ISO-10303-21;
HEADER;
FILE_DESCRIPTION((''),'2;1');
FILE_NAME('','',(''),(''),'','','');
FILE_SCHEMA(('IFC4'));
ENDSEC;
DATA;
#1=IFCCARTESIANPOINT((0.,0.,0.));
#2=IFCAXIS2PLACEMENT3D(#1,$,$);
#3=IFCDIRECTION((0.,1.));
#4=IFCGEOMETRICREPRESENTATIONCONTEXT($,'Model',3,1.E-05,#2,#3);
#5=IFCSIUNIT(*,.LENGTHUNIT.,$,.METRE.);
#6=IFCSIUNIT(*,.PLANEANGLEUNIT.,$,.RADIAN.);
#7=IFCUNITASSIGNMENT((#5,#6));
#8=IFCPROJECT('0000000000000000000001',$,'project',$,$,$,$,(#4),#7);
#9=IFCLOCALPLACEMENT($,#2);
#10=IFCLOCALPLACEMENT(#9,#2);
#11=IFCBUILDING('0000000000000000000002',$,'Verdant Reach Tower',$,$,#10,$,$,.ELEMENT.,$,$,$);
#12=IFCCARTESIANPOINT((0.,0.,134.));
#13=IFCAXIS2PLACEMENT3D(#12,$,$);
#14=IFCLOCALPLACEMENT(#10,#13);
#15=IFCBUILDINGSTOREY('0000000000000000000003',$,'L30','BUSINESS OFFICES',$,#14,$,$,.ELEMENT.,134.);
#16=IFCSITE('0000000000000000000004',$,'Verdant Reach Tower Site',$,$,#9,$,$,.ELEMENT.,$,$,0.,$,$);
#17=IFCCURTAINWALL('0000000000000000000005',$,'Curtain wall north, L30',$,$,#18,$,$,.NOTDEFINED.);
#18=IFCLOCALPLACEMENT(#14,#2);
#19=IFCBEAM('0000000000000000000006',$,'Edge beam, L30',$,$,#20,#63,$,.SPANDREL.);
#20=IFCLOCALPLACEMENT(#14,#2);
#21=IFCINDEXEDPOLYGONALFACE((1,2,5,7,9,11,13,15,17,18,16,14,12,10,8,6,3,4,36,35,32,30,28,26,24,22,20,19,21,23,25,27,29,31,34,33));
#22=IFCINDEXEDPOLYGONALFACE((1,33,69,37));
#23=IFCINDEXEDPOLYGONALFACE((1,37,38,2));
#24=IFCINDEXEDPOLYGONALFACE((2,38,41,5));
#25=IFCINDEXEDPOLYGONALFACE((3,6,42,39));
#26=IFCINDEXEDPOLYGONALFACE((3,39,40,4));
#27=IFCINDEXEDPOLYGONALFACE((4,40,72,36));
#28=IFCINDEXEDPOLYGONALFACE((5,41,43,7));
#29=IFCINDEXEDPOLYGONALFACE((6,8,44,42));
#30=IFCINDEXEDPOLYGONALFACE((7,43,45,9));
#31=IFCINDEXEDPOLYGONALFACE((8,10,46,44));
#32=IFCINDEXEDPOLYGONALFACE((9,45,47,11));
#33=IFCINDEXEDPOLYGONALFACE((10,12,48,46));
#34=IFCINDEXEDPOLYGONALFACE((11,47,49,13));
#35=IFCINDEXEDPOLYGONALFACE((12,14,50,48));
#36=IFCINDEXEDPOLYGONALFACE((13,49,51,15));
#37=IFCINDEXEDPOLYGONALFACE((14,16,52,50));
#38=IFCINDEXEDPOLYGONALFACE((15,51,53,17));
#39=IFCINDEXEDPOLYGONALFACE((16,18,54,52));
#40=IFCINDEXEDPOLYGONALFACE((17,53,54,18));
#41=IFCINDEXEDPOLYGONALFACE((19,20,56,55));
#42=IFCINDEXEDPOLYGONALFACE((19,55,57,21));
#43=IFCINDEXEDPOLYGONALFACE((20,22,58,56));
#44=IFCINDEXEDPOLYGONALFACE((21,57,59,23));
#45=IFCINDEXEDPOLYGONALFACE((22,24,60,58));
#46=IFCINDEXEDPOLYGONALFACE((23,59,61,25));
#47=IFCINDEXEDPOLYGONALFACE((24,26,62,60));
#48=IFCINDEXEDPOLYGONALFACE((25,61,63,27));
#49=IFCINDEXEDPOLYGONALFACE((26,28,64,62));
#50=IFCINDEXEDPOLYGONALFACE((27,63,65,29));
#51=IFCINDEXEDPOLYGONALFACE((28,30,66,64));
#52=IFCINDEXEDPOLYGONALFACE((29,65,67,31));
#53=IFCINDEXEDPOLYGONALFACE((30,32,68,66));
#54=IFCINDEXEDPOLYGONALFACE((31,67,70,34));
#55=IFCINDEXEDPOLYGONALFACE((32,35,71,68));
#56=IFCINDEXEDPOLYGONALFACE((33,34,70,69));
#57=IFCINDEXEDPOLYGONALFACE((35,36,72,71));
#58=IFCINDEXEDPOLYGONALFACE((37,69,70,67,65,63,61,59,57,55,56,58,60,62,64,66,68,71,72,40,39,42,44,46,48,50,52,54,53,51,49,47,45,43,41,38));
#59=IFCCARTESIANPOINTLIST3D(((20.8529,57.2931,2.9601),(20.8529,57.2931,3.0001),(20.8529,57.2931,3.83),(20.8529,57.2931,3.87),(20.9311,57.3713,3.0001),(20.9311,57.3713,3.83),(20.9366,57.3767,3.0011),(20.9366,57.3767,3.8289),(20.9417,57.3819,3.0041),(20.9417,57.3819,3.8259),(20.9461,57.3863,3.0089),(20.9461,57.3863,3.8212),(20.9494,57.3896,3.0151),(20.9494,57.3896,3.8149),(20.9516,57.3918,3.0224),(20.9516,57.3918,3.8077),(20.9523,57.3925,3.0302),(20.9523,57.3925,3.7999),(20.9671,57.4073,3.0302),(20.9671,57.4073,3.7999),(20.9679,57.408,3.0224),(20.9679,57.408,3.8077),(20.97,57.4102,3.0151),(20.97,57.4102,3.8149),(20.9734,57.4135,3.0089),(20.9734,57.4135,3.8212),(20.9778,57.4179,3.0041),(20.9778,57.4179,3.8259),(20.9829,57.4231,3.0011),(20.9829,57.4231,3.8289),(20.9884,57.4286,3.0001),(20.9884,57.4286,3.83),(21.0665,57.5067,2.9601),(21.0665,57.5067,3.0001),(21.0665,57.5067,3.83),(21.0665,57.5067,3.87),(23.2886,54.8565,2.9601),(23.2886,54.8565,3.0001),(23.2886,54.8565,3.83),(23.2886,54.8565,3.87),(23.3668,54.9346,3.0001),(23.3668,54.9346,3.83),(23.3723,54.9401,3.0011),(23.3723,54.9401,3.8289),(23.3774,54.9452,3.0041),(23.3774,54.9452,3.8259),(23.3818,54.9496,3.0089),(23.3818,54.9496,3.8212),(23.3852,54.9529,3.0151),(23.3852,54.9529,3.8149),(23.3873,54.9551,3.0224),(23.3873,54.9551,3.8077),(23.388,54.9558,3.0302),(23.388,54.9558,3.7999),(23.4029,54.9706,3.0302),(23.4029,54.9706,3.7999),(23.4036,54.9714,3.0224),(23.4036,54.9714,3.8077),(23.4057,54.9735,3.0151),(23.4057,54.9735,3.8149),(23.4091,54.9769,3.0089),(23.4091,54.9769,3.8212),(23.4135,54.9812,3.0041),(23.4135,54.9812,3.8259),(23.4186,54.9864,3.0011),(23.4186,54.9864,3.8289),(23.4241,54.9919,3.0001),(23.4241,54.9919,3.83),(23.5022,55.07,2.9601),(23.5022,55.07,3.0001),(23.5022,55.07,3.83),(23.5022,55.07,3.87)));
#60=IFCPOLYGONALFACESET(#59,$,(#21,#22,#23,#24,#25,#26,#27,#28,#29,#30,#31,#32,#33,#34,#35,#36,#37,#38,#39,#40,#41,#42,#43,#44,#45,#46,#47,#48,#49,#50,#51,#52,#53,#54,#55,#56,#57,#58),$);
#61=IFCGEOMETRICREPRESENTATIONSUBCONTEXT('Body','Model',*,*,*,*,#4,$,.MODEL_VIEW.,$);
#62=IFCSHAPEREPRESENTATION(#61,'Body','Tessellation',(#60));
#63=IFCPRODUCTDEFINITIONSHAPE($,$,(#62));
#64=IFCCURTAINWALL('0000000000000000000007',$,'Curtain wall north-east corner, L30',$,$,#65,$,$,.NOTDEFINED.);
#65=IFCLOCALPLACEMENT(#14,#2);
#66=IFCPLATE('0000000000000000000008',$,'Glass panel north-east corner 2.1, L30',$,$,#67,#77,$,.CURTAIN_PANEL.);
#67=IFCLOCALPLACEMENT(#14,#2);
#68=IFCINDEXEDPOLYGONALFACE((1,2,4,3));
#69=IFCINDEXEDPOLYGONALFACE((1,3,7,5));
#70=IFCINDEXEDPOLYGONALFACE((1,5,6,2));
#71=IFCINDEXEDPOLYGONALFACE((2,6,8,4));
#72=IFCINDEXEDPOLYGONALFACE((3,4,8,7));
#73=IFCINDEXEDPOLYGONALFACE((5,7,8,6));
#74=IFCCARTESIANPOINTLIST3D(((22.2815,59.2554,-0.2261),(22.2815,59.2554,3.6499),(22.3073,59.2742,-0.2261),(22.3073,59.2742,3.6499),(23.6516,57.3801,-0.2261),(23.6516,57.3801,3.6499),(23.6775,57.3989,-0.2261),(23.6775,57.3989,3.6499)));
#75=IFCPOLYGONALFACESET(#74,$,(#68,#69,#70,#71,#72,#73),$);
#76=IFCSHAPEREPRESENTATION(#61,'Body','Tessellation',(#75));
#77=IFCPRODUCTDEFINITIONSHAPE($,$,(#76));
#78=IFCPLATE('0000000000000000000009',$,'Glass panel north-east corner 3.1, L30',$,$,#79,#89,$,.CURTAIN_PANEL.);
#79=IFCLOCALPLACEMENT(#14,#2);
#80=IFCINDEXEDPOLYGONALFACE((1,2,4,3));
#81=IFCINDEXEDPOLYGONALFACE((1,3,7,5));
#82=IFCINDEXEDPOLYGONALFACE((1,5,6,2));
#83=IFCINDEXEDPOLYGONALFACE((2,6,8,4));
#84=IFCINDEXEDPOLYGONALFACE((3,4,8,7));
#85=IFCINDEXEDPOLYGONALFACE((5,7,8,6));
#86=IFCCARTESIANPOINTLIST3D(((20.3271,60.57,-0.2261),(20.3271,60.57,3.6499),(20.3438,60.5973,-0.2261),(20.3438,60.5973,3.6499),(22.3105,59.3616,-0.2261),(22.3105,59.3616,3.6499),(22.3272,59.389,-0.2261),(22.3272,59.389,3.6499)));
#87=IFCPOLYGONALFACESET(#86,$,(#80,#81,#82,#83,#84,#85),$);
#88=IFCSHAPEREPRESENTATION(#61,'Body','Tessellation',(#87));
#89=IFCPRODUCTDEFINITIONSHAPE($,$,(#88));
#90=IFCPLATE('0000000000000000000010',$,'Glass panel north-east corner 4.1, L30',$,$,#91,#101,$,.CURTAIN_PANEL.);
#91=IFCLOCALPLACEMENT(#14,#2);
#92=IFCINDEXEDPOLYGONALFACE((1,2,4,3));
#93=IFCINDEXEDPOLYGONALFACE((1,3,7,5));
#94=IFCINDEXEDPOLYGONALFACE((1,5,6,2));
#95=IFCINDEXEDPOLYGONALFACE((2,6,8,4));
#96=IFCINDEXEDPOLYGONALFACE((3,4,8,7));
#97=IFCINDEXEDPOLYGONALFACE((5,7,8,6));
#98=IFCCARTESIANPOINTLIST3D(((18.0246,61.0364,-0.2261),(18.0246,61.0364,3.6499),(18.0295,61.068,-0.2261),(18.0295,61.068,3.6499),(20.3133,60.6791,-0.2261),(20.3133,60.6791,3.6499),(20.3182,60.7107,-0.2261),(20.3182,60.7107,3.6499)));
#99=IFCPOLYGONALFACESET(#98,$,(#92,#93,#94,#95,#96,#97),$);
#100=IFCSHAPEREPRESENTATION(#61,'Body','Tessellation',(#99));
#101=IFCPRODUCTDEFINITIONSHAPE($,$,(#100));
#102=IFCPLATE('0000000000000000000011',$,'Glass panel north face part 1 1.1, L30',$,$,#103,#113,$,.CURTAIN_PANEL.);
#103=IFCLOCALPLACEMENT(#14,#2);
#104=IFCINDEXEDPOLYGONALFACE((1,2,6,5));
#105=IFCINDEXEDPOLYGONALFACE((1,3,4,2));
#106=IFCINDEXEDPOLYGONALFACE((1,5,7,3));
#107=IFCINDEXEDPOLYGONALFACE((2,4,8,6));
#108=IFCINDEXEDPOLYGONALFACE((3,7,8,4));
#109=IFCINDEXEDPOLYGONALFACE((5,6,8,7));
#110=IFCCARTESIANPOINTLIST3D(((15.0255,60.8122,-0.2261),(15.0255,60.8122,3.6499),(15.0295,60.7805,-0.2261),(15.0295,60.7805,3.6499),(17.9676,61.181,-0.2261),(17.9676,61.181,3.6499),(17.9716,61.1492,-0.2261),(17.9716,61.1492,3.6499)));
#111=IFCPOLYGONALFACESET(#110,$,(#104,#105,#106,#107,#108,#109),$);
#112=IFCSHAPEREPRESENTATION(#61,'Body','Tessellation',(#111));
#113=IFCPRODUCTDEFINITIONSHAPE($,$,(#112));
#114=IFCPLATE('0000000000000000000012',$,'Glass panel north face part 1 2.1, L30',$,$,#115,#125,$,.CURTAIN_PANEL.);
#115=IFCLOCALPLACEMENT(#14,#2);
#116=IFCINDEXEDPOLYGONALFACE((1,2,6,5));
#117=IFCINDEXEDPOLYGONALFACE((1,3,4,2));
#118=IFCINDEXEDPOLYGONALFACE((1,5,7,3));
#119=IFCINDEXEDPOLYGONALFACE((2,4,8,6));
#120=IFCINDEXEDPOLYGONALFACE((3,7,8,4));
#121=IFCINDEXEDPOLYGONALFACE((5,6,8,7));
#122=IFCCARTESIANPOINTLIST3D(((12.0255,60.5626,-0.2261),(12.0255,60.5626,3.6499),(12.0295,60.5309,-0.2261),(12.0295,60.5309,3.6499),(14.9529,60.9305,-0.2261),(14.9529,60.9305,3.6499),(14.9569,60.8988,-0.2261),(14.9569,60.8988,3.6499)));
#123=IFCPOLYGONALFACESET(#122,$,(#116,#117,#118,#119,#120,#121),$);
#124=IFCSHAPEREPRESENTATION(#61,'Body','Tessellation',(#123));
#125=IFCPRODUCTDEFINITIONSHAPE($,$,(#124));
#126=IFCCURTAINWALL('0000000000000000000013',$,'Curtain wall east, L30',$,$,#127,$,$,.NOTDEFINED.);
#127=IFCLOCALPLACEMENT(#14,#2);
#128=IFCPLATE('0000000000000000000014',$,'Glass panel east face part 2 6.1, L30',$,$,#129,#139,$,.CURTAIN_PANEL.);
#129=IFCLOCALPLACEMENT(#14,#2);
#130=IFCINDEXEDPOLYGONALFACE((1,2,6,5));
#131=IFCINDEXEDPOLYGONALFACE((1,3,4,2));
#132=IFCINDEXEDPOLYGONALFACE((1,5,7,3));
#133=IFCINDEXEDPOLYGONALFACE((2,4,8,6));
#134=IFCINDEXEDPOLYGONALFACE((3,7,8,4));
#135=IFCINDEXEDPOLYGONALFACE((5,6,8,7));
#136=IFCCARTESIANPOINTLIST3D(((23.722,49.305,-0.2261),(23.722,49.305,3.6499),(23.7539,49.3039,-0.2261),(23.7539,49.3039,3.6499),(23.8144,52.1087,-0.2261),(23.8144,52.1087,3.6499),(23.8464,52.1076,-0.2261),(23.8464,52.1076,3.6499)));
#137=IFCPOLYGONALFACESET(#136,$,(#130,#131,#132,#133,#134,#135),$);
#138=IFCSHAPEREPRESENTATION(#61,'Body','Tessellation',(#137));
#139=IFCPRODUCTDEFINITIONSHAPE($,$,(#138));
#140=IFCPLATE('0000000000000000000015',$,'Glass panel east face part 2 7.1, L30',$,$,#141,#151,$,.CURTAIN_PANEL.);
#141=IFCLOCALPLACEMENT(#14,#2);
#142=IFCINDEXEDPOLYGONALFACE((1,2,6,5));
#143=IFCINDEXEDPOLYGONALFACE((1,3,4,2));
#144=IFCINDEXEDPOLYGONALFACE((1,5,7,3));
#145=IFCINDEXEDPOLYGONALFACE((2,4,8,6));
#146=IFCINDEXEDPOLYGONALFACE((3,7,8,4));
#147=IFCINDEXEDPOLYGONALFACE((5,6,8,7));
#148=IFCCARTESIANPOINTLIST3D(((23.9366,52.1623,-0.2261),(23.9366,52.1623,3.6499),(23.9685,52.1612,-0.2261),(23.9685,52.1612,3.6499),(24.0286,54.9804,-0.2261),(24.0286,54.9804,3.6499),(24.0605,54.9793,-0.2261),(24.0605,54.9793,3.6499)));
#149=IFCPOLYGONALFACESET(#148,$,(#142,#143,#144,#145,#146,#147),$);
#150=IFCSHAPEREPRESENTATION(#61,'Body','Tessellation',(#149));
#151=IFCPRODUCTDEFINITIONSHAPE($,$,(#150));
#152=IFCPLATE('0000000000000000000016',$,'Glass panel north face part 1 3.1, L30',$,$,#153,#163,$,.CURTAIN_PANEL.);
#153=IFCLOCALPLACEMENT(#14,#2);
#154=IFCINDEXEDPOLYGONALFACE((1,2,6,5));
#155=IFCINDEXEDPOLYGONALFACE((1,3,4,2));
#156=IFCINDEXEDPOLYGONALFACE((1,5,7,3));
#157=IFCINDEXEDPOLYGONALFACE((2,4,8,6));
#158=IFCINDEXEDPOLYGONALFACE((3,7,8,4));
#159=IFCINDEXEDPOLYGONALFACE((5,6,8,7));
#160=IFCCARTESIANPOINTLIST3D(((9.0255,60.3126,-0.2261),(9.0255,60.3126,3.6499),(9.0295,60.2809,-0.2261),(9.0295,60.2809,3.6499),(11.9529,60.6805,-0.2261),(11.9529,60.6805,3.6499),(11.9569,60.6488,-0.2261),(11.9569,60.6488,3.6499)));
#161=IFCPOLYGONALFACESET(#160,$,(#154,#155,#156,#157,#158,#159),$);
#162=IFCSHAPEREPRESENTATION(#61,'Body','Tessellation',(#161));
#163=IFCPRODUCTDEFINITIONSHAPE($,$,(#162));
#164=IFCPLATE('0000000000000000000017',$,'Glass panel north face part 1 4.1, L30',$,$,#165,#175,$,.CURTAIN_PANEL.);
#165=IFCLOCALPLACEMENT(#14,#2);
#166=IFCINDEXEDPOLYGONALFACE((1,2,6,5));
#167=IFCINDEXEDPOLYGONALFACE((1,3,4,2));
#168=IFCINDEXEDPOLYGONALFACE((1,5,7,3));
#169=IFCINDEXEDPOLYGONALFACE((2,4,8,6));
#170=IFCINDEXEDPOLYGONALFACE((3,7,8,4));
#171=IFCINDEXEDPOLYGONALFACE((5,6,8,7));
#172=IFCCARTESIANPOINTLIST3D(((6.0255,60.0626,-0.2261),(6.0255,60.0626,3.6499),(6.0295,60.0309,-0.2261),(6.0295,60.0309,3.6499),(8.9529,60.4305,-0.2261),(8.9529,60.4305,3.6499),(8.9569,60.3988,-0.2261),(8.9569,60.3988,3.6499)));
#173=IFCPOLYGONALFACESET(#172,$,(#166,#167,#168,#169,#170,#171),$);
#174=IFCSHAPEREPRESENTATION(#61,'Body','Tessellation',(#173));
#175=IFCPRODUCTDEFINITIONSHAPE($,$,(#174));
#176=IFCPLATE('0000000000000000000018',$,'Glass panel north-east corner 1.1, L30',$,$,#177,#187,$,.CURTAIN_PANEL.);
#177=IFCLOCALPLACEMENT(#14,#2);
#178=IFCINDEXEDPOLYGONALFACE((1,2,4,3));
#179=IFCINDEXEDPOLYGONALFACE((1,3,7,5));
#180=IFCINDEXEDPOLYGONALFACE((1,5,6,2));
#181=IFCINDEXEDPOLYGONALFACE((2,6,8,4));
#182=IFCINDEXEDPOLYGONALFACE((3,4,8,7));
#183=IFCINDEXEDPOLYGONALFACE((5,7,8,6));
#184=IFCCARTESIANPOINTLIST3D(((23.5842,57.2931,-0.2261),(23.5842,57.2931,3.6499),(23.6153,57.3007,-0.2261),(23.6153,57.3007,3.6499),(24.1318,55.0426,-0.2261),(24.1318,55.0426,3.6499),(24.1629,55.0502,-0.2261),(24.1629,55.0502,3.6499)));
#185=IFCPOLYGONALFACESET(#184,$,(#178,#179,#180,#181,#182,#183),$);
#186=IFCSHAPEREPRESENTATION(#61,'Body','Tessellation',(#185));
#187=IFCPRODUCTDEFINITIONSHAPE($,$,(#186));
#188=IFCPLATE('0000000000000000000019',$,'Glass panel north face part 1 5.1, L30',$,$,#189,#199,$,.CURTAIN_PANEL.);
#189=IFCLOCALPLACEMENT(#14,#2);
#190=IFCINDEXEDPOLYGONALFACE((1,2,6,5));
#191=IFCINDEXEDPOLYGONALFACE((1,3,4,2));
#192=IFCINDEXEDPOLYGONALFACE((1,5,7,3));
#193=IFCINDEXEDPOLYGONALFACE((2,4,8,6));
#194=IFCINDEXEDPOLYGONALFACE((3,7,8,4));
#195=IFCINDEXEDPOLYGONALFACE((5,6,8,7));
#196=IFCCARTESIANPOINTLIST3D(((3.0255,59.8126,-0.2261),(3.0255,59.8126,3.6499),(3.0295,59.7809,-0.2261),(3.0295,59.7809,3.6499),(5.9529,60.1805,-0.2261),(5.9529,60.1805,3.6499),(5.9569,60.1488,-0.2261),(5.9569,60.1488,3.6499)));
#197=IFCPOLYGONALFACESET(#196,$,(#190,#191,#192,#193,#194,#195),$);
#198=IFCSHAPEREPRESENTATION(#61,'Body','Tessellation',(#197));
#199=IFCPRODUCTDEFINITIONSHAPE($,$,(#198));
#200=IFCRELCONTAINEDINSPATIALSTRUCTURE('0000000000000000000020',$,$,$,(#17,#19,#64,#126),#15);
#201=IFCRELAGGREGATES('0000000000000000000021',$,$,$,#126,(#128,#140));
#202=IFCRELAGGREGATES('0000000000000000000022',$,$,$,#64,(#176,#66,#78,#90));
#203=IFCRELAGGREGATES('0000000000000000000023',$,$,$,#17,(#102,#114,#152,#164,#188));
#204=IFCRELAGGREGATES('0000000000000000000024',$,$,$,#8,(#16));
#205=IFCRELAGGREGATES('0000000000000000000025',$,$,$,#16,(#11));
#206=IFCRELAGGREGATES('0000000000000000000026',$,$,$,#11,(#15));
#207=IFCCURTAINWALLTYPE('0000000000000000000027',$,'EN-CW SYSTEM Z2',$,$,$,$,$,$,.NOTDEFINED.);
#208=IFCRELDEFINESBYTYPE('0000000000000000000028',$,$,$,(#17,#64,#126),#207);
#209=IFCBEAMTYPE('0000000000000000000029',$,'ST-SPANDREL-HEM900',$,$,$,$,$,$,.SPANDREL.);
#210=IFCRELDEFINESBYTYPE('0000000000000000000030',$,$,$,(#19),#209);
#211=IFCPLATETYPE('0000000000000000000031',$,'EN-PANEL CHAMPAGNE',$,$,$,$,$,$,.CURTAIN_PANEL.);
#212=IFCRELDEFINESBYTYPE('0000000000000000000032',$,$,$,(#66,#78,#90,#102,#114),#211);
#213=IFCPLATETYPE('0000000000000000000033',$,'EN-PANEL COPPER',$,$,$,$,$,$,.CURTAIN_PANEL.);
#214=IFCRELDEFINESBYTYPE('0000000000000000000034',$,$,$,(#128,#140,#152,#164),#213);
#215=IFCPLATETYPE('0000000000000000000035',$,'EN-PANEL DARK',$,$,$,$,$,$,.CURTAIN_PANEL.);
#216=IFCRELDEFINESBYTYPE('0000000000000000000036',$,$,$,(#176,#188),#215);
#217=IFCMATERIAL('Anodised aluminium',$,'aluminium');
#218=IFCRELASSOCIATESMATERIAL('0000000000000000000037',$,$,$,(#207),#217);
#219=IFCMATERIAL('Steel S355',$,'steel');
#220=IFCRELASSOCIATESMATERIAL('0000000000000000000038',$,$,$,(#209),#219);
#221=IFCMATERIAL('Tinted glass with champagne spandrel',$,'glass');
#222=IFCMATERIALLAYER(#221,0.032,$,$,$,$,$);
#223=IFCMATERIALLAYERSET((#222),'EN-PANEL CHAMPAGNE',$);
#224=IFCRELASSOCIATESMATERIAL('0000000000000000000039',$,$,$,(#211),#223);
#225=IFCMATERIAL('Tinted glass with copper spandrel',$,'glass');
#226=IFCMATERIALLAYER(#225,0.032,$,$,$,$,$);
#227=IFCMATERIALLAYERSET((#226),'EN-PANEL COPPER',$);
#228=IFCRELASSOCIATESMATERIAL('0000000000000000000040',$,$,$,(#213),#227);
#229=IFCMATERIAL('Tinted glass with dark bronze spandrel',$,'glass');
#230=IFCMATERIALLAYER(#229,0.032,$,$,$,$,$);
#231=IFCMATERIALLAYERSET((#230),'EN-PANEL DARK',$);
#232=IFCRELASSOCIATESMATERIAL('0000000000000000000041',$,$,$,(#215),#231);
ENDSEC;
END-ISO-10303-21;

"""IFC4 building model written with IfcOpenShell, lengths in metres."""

from ifc_helpers import new_model, si_unit, direction, frame, origin, origin_2d, place, context, subcontext, project, spatial, rectangle, i_section, extrude, material, layer, layer_set, material_profile, profile_set, type_object, element, aggregate, save


model = new_model("IFC4")

# Units and contexts
model_context = context("Model", 3, precision=1e-05, world=origin(), true_north=direction((0.0, 1.0)))
body_context = subcontext(model_context, "Body", "Model", "MODEL_VIEW")
ifc_project = project(units=[si_unit("LENGTHUNIT", "METRE"), si_unit("PLANEANGLEUNIT", "RADIAN")], contexts=[model_context])

# Site, building, storey
site_placement = place(None, origin())
site = spatial("IfcSite", under=ifc_project, at=site_placement, Name="Verdant Reach Tower Site", CompositionType="ELEMENT", RefElevation=0.0)
building_placement = place(site_placement, origin())
building = spatial("IfcBuilding", under=site, at=building_placement, Name="Verdant Reach Tower", CompositionType="ELEMENT")
storey_placement = place(building_placement, frame((0.0, 0.0, 134.0)))
storey = spatial("IfcBuildingStorey", under=building, at=storey_placement, Name="L30", Description="BUSINESS OFFICES", CompositionType="ELEMENT", Elevation=134.0)

# Curtain wall
ifc_material_1 = material(Name="Anodised aluminium", Category="aluminium")
curtain_wall_type = type_object("IfcCurtainWallType", Name="EN-CW SYSTEM Z2", PredefinedType="NOTDEFINED", material=ifc_material_1)
curtain_wall_1_placement = place(storey_placement, origin())
curtain_wall_1 = element("IfcCurtainWall", 1, at=curtain_wall_1_placement, inside=storey, type_object=curtain_wall_type, Name="Curtain wall north, L30", PredefinedType="NOTDEFINED")

# Beam
ifc_material_2 = material(Name="Steel S355", Category="steel")
ifc_material_profile_1 = material_profile(ifc_material_2, i_section(OverallWidth=0.302, OverallDepth=0.9099, WebThickness=0.021, FlangeThickness=0.04, FilletRadius=0.03, at=origin_2d()), Name="HEM 900")
ifc_profile_set_1 = profile_set([ifc_material_profile_1], Name="Steel S355")
beam_type_1 = type_object("IfcBeamType", Name="ST-SPANDREL-HEM900", PredefinedType="SPANDREL", material=ifc_profile_set_1)
beam_1_placement = place(storey_placement, frame((20.9597, 57.3999, 3.415), z_axis=(0.706965, -0.707248, 0.0), x_axis=(0.707248, 0.706965, 0.0)))
element("IfcBeam", 2, at=beam_1_placement, inside=storey, type_object=beam_type_1, Name="Edge beam, L30", PredefinedType="SPANDREL", context=body_context, shape_type="SweptSolid", body=[
    extrude(i_section(OverallWidth=0.302, OverallDepth=0.9099, WebThickness=0.021, FlangeThickness=0.04, FilletRadius=0.03, at=origin_2d()), origin(), (0.0, 0.0, 1.0), 3.4453),
])

# Curtain wall, plates
curtain_wall_2_placement = place(storey_placement, origin())
curtain_wall_2 = element("IfcCurtainWall", 3, at=curtain_wall_2_placement, inside=storey, type_object=curtain_wall_type, Name="Curtain wall north-east corner, L30", PredefinedType="NOTDEFINED")
ifc_material_3 = material(Name="Tinted glass with champagne spandrel", Category="glass")
ifc_layer_1 = layer(ifc_material_3, 0.032)
ifc_layer_set_1 = layer_set([ifc_layer_1], Name="EN-PANEL CHAMPAGNE")
plate_type_1 = type_object("IfcPlateType", Name="EN-PANEL CHAMPAGNE", PredefinedType="CURTAIN_PANEL", material=ifc_layer_set_1)
plate_1_placement = place(storey_placement, frame((22.9795, 58.3271, -0.2261), z_axis=(0.0, 0.0, 1.0), x_axis=(-0.589927, 0.807457, 0.0)))
plate_1 = element("IfcPlate", 4, at=plate_1_placement, type_object=plate_type_1, Name="Glass panel north-east corner 2.1, L30", PredefinedType="CURTAIN_PANEL", context=body_context, shape_type="SweptSolid", body=[
    extrude(rectangle(XDim=2.3225, YDim=0.032, at=origin_2d()), origin(), (0.0, 0.0, 1.0), 3.876),
])
plate_2_placement = place(storey_placement, frame((21.3271, 59.9795, -0.2261), z_axis=(0.0, 0.0, 1.0), x_axis=(-0.853989, 0.520292, 0.0)))
plate_2 = element("IfcPlate", 5, at=plate_2_placement, type_object=plate_type_1, Name="Glass panel north-east corner 3.1, L30", PredefinedType="CURTAIN_PANEL", context=body_context, shape_type="SweptSolid", body=[
    extrude(rectangle(XDim=2.3225, YDim=0.032, at=origin_2d()), origin(), (0.0, 0.0, 1.0), 3.876),
])
plate_3_placement = place(storey_placement, frame((19.1714, 60.8735, -0.2261), z_axis=(0.0, 0.0, 1.0), x_axis=(-0.988031, 0.154256, 0.0)))
plate_3 = element("IfcPlate", 6, at=plate_3_placement, type_object=plate_type_1, Name="Glass panel north-east corner 4.1, L30", PredefinedType="CURTAIN_PANEL", context=body_context, shape_type="SweptSolid", body=[
    extrude(rectangle(XDim=2.3164, YDim=0.032, at=origin_2d()), origin(), (0.0, 0.0, 1.0), 3.876),
])

# Plates
plate_4_placement = place(storey_placement, frame((16.4985, 60.9807, -0.2261), z_axis=(0.0, 0.0, 1.0), x_axis=(-0.992237, -0.124365, 0.0)))
plate_4 = element("IfcPlate", 7, at=plate_4_placement, type_object=plate_type_1, Name="Glass panel north face part 1 1.1, L30", PredefinedType="CURTAIN_PANEL", context=body_context, shape_type="SweptSolid", body=[
    extrude(rectangle(XDim=2.9651, YDim=0.032, at=origin_2d()), origin(), (0.0, 0.0, 1.0), 3.876),
])
plate_5_placement = place(storey_placement, frame((13.4912, 60.7307, -0.2261), z_axis=(0.0, 0.0, 1.0), x_axis=(-0.992194, -0.124704, 0.0)))
plate_5 = element("IfcPlate", 8, at=plate_5_placement, type_object=plate_type_1, Name="Glass panel north face part 1 2.1, L30", PredefinedType="CURTAIN_PANEL", context=body_context, shape_type="SweptSolid", body=[
    extrude(rectangle(XDim=2.9504, YDim=0.032, at=origin_2d()), origin(), (0.0, 0.0, 1.0), 3.876),
])

# Curtain wall, plates
curtain_wall_3_placement = place(storey_placement, origin())
curtain_wall_3 = element("IfcCurtainWall", 9, at=curtain_wall_3_placement, inside=storey, type_object=curtain_wall_type, Name="Curtain wall east, L30", PredefinedType="NOTDEFINED")
ifc_material_4 = material(Name="Tinted glass with copper spandrel", Category="glass")
ifc_layer_2 = layer(ifc_material_4, 0.032)
ifc_layer_set_2 = layer_set([ifc_layer_2], Name="EN-PANEL COPPER")
plate_type_2 = type_object("IfcPlateType", Name="EN-PANEL COPPER", PredefinedType="CURTAIN_PANEL", material=ifc_layer_set_2)
plate_6_placement = place(storey_placement, frame((23.7842, 50.7063, -0.2261), z_axis=(0.0, 0.0, 1.0), x_axis=(0.032966, 0.999456, 0.0)))
plate_6 = element("IfcPlate", 10, at=plate_6_placement, type_object=plate_type_2, Name="Glass panel east face part 2 6.1, L30", PredefinedType="CURTAIN_PANEL", context=body_context, shape_type="SweptSolid", body=[
    extrude(rectangle(XDim=2.8052, YDim=0.032, at=origin_2d()), origin(), (0.0, 0.0, 1.0), 3.876),
])
plate_7_placement = place(storey_placement, frame((23.9985, 53.5708, -0.2261), z_axis=(0.0, 0.0, 1.0), x_axis=(0.032628, 0.999468, 0.0)))
plate_7 = element("IfcPlate", 11, at=plate_7_placement, type_object=plate_type_2, Name="Glass panel east face part 2 7.1, L30", PredefinedType="CURTAIN_PANEL", context=body_context, shape_type="SweptSolid", body=[
    extrude(rectangle(XDim=2.8196, YDim=0.032, at=origin_2d()), origin(), (0.0, 0.0, 1.0), 3.876),
])
aggregate(curtain_wall_3, [plate_6, plate_7])

# Plates
plate_8_placement = place(storey_placement, frame((10.4912, 60.4807, -0.2261), z_axis=(0.0, 0.0, 1.0), x_axis=(-0.992194, -0.124704, 0.0)))
plate_8 = element("IfcPlate", 12, at=plate_8_placement, type_object=plate_type_2, Name="Glass panel north face part 1 3.1, L30", PredefinedType="CURTAIN_PANEL", context=body_context, shape_type="SweptSolid", body=[
    extrude(rectangle(XDim=2.9504, YDim=0.032, at=origin_2d()), origin(), (0.0, 0.0, 1.0), 3.876),
])
plate_9_placement = place(storey_placement, frame((7.4912, 60.2307, -0.2261), z_axis=(0.0, 0.0, 1.0), x_axis=(-0.992194, -0.124704, 0.0)))
plate_9 = element("IfcPlate", 13, at=plate_9_placement, type_object=plate_type_2, Name="Glass panel north face part 1 4.1, L30", PredefinedType="CURTAIN_PANEL", context=body_context, shape_type="SweptSolid", body=[
    extrude(rectangle(XDim=2.9504, YDim=0.032, at=origin_2d()), origin(), (0.0, 0.0, 1.0), 3.876),
])
ifc_material_5 = material(Name="Tinted glass with dark bronze spandrel", Category="glass")
ifc_layer_3 = layer(ifc_material_5, 0.032)
ifc_layer_set_3 = layer_set([ifc_layer_3], Name="EN-PANEL DARK")
plate_type_3 = type_object("IfcPlateType", Name="EN-PANEL DARK", PredefinedType="CURTAIN_PANEL", material=ifc_layer_set_3)
plate_10_placement = place(storey_placement, frame((23.8735, 56.1716, -0.2261), z_axis=(0.0, 0.0, 1.0), x_axis=(-0.236416, 0.971652, 0.0)))
plate_10 = element("IfcPlate", 14, at=plate_10_placement, type_object=plate_type_3, Name="Glass panel north-east corner 1.1, L30", PredefinedType="CURTAIN_PANEL", context=body_context, shape_type="SweptSolid", body=[
    extrude(rectangle(XDim=2.3162, YDim=0.032, at=origin_2d()), origin(), (0.0, 0.0, 1.0), 3.876),
])
aggregate(curtain_wall_2, [plate_10, plate_1, plate_2, plate_3])
plate_11_placement = place(storey_placement, frame((4.4912, 59.9807, -0.2261), z_axis=(0.0, 0.0, 1.0), x_axis=(-0.992194, -0.124704, 0.0)))
plate_11 = element("IfcPlate", 15, at=plate_11_placement, type_object=plate_type_3, Name="Glass panel north face part 1 5.1, L30", PredefinedType="CURTAIN_PANEL", context=body_context, shape_type="SweptSolid", body=[
    extrude(rectangle(XDim=2.9504, YDim=0.032, at=origin_2d()), origin(), (0.0, 0.0, 1.0), 3.876),
])
aggregate(curtain_wall_1, [plate_4, plate_5, plate_8, plate_9, plate_11])

save(model, "model.ifc")
